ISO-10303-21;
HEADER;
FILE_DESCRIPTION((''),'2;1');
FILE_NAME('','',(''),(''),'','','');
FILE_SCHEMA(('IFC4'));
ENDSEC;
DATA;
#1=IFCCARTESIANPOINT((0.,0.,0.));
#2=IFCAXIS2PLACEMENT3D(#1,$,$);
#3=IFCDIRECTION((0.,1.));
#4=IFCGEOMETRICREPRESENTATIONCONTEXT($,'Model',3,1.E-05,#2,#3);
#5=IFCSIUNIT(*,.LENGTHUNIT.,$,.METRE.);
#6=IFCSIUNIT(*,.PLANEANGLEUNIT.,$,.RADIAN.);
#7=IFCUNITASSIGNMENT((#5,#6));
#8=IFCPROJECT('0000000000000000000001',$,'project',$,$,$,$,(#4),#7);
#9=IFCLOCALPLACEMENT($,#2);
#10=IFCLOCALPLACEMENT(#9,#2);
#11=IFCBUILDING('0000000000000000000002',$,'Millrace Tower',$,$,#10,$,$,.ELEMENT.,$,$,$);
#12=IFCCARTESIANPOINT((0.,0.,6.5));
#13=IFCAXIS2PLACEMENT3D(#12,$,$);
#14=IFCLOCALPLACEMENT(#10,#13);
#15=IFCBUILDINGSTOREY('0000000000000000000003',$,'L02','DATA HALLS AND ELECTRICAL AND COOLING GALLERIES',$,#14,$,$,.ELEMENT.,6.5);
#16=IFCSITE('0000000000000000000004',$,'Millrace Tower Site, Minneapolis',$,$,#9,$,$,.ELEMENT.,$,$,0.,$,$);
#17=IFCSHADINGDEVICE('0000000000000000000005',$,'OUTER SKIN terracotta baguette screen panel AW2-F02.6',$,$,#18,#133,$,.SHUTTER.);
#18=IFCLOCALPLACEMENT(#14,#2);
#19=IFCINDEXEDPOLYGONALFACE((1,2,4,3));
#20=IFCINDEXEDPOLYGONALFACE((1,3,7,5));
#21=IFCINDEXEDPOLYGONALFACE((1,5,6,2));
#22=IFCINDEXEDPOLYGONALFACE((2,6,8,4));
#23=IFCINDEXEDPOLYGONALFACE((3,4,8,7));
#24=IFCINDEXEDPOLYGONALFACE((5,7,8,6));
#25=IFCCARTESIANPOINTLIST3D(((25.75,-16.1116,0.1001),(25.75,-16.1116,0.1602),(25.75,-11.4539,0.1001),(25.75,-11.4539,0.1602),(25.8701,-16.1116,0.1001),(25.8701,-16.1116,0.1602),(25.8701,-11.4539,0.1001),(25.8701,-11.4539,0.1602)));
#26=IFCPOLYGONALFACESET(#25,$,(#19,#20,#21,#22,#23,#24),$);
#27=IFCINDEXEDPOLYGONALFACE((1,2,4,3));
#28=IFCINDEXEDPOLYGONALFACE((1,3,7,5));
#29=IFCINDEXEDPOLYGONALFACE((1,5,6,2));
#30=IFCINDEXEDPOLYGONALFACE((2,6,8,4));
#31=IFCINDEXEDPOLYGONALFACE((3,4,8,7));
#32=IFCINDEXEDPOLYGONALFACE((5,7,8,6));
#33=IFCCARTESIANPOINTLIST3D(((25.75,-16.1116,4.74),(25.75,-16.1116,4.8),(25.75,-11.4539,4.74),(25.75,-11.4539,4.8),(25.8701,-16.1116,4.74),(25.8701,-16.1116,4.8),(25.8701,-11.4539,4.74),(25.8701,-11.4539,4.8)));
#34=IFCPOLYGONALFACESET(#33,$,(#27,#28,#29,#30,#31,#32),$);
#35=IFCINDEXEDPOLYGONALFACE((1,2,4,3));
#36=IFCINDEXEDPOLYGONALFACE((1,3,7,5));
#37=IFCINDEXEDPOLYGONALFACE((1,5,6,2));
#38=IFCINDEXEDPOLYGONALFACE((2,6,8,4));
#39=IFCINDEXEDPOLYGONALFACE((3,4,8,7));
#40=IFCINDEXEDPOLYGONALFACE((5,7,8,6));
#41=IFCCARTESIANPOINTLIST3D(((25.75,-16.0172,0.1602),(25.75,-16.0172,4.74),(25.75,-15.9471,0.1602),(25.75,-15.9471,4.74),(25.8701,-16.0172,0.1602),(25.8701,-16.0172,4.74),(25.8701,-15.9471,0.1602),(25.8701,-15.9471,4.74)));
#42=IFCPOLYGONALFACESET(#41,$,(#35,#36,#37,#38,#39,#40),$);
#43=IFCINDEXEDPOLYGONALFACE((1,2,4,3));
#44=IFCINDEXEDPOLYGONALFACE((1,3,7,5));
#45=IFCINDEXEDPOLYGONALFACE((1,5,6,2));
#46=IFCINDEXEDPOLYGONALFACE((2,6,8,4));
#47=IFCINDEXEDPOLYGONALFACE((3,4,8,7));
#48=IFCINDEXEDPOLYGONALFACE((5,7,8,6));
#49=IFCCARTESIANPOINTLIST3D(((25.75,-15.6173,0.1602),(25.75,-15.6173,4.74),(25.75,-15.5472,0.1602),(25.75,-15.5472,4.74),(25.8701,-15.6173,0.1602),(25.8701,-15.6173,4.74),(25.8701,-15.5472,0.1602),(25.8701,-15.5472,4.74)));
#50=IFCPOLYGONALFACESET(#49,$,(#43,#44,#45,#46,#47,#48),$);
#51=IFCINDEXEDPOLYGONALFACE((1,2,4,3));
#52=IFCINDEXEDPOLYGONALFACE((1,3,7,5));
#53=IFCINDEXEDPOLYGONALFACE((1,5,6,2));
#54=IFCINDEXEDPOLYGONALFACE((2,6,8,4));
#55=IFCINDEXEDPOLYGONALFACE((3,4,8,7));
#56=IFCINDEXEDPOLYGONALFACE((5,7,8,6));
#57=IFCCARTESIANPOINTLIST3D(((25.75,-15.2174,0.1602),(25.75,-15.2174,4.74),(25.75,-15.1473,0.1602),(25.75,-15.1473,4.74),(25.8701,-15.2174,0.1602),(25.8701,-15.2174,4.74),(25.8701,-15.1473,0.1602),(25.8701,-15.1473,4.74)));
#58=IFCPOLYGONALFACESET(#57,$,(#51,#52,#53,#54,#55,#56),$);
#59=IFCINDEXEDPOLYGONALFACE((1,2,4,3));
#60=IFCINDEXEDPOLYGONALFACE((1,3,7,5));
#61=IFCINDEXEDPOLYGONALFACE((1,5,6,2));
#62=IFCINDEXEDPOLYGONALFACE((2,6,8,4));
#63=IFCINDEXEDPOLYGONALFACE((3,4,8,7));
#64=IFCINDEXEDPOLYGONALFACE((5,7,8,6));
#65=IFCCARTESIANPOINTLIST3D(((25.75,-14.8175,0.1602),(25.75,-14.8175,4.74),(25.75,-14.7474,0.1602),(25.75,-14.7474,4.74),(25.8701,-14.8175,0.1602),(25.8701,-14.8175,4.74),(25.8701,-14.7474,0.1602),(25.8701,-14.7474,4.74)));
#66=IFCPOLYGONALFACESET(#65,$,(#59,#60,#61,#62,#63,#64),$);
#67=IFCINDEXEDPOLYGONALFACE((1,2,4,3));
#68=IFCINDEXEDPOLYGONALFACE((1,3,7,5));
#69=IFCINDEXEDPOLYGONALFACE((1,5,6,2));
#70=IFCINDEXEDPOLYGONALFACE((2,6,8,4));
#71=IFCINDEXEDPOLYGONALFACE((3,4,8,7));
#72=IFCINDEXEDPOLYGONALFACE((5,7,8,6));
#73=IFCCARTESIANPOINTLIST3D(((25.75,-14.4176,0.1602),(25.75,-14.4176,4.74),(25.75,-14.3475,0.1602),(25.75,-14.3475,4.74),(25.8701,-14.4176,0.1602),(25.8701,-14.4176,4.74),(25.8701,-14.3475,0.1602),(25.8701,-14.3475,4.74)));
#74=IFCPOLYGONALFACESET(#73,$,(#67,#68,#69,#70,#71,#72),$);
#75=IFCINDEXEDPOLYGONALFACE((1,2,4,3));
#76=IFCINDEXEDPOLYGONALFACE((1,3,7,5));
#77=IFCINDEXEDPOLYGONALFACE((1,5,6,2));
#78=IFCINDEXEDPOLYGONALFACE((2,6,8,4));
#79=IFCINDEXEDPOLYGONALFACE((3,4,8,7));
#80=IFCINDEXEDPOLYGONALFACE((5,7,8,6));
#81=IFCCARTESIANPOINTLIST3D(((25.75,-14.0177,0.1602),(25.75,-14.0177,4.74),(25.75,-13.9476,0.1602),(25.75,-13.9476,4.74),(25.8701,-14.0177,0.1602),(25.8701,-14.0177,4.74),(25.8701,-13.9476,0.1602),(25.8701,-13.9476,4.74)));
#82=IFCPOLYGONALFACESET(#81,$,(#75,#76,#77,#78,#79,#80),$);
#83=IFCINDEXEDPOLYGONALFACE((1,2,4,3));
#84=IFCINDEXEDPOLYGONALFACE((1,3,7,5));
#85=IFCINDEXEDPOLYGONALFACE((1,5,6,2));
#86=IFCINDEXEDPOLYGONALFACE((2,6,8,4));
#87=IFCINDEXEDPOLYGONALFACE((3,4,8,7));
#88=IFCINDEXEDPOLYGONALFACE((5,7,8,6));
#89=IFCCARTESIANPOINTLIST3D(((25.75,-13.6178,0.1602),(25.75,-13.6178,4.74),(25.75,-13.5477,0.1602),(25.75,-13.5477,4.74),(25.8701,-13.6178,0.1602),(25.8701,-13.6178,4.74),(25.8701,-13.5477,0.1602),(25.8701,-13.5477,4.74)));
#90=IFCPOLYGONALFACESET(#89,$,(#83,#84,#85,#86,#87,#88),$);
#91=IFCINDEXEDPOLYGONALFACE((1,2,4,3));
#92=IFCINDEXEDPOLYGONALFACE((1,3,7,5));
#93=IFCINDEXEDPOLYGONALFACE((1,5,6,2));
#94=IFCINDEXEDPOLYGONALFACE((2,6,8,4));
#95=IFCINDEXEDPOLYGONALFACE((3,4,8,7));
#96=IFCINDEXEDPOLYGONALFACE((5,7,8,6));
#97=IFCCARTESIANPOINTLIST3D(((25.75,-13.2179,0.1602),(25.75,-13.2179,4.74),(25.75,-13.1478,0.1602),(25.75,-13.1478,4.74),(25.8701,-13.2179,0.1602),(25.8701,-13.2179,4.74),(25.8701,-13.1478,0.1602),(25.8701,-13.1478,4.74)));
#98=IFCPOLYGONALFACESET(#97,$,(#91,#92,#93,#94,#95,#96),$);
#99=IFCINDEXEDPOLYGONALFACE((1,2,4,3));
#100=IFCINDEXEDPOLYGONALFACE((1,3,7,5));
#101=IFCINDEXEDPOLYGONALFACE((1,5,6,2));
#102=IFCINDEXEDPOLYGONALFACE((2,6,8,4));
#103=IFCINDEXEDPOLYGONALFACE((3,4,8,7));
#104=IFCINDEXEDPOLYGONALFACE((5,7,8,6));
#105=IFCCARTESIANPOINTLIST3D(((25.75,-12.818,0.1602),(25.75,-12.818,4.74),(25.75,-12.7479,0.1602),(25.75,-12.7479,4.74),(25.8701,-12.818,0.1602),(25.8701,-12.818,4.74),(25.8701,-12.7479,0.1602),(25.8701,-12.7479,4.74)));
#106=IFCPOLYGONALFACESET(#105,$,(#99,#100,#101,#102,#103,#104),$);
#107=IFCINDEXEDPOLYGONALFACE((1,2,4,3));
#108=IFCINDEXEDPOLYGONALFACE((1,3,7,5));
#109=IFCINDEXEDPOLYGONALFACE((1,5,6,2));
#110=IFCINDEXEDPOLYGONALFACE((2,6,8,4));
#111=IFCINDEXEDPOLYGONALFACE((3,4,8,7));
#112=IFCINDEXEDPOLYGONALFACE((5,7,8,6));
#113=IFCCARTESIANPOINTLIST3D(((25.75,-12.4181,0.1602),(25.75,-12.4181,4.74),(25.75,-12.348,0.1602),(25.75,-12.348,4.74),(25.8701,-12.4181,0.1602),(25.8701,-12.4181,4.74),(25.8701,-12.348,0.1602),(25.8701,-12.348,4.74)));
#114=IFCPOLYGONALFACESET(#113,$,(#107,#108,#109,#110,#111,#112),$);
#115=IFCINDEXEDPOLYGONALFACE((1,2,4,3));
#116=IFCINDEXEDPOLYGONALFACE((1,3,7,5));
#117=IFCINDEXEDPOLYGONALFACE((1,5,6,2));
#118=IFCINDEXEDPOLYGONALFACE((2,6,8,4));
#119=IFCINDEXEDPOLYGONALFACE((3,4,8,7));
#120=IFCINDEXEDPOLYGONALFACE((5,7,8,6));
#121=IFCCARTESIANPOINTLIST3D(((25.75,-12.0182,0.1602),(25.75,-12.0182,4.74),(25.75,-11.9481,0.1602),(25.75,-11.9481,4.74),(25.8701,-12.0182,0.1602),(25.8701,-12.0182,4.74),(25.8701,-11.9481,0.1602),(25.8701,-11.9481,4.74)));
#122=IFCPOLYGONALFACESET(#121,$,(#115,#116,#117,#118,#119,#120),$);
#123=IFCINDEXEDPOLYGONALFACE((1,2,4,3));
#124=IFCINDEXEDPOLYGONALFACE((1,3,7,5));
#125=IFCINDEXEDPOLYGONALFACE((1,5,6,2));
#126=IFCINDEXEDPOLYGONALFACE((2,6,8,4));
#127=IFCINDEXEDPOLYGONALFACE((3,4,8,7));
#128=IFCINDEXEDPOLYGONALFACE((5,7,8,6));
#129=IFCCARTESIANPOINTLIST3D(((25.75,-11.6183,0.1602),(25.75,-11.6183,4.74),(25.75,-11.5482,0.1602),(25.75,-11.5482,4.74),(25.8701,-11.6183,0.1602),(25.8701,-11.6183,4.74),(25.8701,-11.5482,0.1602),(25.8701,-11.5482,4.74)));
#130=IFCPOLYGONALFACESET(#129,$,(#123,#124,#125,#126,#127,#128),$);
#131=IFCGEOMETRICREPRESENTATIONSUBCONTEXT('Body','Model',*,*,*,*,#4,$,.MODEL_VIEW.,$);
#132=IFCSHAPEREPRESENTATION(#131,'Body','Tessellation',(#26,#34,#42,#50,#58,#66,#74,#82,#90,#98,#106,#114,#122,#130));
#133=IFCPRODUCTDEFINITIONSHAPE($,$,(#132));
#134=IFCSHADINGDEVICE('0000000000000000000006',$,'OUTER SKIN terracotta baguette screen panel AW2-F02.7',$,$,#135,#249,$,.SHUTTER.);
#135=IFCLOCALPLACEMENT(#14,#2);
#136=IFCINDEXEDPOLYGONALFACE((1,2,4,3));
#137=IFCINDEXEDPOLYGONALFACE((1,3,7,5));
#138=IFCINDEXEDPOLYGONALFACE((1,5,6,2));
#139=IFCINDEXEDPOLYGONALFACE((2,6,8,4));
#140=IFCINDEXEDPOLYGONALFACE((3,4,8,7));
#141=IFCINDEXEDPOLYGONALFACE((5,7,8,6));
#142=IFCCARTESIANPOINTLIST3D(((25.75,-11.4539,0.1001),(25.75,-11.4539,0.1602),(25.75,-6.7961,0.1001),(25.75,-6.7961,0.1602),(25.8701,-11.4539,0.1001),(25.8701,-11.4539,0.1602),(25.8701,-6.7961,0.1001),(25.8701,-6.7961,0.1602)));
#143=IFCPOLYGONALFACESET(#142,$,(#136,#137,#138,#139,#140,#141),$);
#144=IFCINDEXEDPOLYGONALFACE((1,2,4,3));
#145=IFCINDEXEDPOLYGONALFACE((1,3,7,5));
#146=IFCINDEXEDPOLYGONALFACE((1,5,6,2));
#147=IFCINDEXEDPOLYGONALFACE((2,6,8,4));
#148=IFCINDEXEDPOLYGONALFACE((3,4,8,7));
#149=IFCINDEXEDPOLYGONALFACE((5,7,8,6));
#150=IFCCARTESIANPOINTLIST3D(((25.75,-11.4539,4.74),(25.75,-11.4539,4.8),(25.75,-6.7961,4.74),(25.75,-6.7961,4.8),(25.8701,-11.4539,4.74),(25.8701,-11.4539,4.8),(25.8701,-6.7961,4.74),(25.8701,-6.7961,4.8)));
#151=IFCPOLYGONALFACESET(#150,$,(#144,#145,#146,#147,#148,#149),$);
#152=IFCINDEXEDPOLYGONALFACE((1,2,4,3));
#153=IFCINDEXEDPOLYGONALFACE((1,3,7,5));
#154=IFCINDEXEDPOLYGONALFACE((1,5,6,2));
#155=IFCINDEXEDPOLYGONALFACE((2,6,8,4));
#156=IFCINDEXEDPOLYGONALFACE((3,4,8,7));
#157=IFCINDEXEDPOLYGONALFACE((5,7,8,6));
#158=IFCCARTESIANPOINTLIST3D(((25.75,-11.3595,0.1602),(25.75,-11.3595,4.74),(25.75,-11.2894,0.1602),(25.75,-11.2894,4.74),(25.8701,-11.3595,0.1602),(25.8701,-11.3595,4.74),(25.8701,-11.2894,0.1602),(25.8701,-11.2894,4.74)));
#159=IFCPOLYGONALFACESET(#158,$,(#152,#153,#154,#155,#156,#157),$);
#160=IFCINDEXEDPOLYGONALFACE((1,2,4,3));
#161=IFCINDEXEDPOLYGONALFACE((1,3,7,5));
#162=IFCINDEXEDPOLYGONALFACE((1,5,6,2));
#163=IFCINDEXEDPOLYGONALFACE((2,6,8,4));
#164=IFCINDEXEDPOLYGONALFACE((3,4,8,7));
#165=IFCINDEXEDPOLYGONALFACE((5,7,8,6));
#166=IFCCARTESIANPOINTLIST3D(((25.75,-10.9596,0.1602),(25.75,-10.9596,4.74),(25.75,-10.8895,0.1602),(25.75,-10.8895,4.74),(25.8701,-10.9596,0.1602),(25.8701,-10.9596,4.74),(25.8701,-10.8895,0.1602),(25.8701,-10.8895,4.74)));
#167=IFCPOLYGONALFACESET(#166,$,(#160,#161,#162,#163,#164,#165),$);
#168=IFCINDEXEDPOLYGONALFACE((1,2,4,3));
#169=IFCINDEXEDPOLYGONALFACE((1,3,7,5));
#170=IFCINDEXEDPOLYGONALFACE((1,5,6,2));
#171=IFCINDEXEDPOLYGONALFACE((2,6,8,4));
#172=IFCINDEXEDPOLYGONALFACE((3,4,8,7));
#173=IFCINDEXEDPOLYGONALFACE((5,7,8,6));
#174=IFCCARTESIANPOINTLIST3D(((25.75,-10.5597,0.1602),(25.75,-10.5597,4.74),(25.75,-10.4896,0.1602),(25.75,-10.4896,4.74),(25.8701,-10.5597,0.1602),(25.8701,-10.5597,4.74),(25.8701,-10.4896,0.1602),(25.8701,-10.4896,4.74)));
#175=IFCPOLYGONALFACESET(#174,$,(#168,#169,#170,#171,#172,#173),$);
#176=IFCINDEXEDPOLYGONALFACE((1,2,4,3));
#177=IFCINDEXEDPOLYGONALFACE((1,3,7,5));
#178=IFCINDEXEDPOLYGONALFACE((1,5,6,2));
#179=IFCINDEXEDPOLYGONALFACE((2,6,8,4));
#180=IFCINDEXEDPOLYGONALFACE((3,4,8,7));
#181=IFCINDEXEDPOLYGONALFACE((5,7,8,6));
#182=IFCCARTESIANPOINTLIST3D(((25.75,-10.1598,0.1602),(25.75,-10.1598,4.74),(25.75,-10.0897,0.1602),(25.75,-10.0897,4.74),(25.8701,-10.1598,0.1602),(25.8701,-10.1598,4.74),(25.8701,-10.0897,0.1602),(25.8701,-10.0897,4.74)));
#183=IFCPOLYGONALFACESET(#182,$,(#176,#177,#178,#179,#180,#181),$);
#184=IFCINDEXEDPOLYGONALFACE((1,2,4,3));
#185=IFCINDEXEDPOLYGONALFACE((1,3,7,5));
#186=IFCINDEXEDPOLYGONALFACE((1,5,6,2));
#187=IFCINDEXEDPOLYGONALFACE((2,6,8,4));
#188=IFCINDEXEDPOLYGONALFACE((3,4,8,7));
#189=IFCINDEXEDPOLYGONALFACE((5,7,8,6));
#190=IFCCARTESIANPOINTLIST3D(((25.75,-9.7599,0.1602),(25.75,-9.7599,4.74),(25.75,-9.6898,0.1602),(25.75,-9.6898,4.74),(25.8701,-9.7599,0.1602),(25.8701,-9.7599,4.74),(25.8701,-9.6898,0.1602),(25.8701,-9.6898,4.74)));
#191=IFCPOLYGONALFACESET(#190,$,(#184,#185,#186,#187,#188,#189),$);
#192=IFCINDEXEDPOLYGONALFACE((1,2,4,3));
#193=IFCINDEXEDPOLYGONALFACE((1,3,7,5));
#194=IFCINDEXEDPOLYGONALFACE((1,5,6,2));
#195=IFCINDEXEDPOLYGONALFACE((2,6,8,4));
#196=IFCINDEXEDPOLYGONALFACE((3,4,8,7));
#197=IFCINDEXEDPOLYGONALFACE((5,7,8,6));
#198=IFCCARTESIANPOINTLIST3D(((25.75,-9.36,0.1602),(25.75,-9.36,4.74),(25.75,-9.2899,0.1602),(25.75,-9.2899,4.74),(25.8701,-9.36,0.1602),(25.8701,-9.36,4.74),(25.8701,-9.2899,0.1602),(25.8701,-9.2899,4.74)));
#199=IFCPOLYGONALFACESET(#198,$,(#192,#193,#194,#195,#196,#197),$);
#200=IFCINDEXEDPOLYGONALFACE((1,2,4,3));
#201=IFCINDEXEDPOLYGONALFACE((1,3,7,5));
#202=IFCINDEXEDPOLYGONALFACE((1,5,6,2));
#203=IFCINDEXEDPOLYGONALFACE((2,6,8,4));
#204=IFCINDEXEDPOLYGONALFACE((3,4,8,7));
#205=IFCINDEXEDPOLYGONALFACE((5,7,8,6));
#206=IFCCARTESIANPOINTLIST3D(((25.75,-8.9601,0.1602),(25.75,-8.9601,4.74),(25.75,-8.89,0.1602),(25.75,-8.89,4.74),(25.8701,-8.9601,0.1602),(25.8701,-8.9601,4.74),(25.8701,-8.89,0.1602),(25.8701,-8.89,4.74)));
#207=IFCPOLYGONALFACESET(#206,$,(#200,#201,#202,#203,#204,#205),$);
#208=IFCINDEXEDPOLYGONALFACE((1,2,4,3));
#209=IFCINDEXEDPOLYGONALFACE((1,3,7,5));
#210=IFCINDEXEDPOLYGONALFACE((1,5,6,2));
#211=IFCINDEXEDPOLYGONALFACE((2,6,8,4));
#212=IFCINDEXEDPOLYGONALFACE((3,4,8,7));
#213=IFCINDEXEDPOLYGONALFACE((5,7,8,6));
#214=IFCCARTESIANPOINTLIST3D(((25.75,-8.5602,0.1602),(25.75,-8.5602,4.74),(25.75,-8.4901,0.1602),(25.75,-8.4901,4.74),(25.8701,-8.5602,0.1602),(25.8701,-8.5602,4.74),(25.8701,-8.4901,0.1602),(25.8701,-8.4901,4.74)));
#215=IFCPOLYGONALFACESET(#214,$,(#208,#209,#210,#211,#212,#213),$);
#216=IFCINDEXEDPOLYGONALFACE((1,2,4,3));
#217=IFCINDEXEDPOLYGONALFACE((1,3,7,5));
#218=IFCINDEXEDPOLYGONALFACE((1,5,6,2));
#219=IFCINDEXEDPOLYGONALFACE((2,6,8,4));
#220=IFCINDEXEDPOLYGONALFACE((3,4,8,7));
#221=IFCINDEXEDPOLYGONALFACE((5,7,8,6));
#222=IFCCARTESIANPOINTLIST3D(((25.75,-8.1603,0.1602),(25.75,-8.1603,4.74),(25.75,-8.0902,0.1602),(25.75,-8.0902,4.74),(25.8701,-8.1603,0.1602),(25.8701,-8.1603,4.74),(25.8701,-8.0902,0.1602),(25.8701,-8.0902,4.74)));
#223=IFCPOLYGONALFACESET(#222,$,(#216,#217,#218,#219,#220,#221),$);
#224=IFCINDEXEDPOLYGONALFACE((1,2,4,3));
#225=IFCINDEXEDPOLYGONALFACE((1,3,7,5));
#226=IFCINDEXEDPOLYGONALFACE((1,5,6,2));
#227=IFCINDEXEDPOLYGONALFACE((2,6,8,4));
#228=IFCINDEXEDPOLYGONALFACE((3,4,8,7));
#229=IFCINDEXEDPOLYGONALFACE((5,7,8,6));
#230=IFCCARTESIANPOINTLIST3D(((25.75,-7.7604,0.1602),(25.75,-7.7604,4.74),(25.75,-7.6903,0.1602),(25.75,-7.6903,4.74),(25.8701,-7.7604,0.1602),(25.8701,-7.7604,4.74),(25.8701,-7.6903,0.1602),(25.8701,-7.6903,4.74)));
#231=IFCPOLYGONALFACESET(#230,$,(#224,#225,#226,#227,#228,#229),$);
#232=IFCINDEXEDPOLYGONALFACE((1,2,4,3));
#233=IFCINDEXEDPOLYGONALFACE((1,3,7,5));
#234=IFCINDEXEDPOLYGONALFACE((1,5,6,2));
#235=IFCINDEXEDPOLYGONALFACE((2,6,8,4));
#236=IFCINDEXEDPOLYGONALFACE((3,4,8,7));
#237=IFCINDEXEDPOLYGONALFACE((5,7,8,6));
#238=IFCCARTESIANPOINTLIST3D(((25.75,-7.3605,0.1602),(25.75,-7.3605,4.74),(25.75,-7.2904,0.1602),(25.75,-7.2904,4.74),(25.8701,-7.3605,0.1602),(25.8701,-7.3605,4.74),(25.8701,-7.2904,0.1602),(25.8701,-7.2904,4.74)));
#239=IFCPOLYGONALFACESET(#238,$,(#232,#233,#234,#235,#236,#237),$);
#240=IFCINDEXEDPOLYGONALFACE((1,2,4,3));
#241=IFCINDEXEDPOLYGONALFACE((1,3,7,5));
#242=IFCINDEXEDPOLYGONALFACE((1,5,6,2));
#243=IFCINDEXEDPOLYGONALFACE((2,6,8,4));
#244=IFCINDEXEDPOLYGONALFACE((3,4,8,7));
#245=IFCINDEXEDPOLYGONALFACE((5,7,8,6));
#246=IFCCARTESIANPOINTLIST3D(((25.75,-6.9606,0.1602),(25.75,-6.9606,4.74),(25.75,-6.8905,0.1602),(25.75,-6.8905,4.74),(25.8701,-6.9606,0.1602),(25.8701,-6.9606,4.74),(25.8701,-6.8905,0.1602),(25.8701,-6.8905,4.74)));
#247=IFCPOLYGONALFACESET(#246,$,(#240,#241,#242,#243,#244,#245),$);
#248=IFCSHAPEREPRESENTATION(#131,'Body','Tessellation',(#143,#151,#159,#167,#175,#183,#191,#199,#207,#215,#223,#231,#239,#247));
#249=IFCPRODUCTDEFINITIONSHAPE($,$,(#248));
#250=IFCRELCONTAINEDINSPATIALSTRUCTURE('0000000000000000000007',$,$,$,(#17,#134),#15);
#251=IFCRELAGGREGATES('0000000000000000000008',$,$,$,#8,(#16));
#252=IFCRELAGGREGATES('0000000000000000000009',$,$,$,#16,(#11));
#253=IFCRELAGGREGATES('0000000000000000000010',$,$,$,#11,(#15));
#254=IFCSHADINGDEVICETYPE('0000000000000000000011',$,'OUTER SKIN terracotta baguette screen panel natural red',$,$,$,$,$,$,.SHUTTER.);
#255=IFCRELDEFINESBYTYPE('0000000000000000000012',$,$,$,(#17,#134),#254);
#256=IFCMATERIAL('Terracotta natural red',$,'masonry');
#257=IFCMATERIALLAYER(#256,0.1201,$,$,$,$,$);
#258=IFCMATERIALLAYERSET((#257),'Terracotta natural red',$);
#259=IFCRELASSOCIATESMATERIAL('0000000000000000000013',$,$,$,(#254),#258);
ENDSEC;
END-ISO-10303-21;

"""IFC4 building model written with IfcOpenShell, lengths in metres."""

from ifc_helpers import new_model, entity, si_unit, direction, frame, frame_2d, origin, place, context, subcontext, project, spatial, rectangle, extrude, source, transform, mapped, material, layer, layer_set, type_object, element, save


model = new_model("IFC4")

# Units and contexts
model_context = context("Model", 3, precision=1e-05, world=origin(), true_north=direction((0.0, 1.0)))
body_context = subcontext(model_context, "Body", "Model", "MODEL_VIEW")
ifc_project = project(units=[si_unit("LENGTHUNIT", "METRE"), si_unit("PLANEANGLEUNIT", "RADIAN")], contexts=[model_context])

# Site, building, storey
site_placement = place(None, origin())
site = spatial("IfcSite", under=ifc_project, at=site_placement, Name="Millrace Tower Site, Minneapolis", CompositionType="ELEMENT", RefElevation=0.0)
building_placement = place(site_placement, origin())
building = spatial("IfcBuilding", under=site, at=building_placement, Name="Millrace Tower", CompositionType="ELEMENT")
storey_placement = place(building_placement, frame((0.0, 0.0, 6.5)))
storey = spatial("IfcBuildingStorey", under=building, at=storey_placement, Name="L02", Description="DATA HALLS AND ELECTRICAL AND COOLING GALLERIES", CompositionType="ELEMENT", Elevation=6.5)

# Shading devices
cartesian_point = entity("IfcCartesianPoint", [-2.3289, 0.0601])
shared_polyline = entity("IfcPolyline", [cartesian_point, entity("IfcCartesianPoint", [2.3289, 0.0601]), entity("IfcCartesianPoint", [2.3289, -0.0601]), entity("IfcCartesianPoint", [-2.3289, -0.0601]), cartesian_point])
ifc_material_1 = material(Name="Terracotta natural red", Category="masonry")
ifc_layer_1 = layer(ifc_material_1, 0.1201)
ifc_layer_set_1 = layer_set([ifc_layer_1], Name="Terracotta natural red")
shading_device_type_1 = type_object("IfcShadingDeviceType", Name="OUTER SKIN terracotta baguette screen panel natural red", PredefinedType="SHUTTER", material=ifc_layer_set_1)
shared_shape_1 = source(origin(), body_context, "Body", "SweptSolid", [
    entity("IfcExtrudedAreaSolid", entity("IfcArbitraryClosedProfileDef", "AREA", None, shared_polyline), entity("IfcAxis2Placement3D", entity("IfcCartesianPoint", [0.0, 0.0, 0.0])), entity("IfcDirection", [0.0, 0.0, 1.0]), 0.0601),
    entity("IfcExtrudedAreaSolid", entity("IfcArbitraryClosedProfileDef", "AREA", None, shared_polyline), entity("IfcAxis2Placement3D", entity("IfcCartesianPoint", [0.0, 0.0, 4.6399])), entity("IfcDirection", [0.0, 0.0, 1.0]), 0.0601),
    extrude(rectangle(XDim=0.0701, YDim=0.1201, at=frame_2d((-2.1995, 0.0))), frame((0.0, 0.0, 0.0601)), (0.0, 0.0, 1.0), 4.5798),
    extrude(rectangle(XDim=0.0701, YDim=0.1201, at=frame_2d((-1.7996, 0.0))), frame((0.0, 0.0, 0.0601)), (0.0, 0.0, 1.0), 4.5798),
    extrude(rectangle(XDim=0.0701, YDim=0.1201, at=frame_2d((-1.3997, 0.0))), frame((0.0, 0.0, 0.0601)), (0.0, 0.0, 1.0), 4.5798),
    extrude(rectangle(XDim=0.0701, YDim=0.1201, at=frame_2d((-0.9998, 0.0))), frame((0.0, 0.0, 0.0601)), (0.0, 0.0, 1.0), 4.5798),
    extrude(rectangle(XDim=0.0701, YDim=0.1201, at=frame_2d((-0.5999, 0.0))), frame((0.0, 0.0, 0.0601)), (0.0, 0.0, 1.0), 4.5798),
    extrude(rectangle(XDim=0.0701, YDim=0.1201, at=frame_2d((-0.2, 0.0))), frame((0.0, 0.0, 0.0601)), (0.0, 0.0, 1.0), 4.5798),
    extrude(rectangle(XDim=0.0701, YDim=0.1201, at=frame_2d((0.2, 0.0))), frame((0.0, 0.0, 0.0601)), (0.0, 0.0, 1.0), 4.5798),
    extrude(rectangle(XDim=0.0701, YDim=0.1201, at=frame_2d((0.5999, 0.0))), frame((0.0, 0.0, 0.0601)), (0.0, 0.0, 1.0), 4.5798),
    extrude(rectangle(XDim=0.0701, YDim=0.1201, at=frame_2d((0.9998, 0.0))), frame((0.0, 0.0, 0.0601)), (0.0, 0.0, 1.0), 4.5798),
    extrude(rectangle(XDim=0.0701, YDim=0.1201, at=frame_2d((1.3997, 0.0))), frame((0.0, 0.0, 0.0601)), (0.0, 0.0, 1.0), 4.5798),
    extrude(rectangle(XDim=0.0701, YDim=0.1201, at=frame_2d((1.7996, 0.0))), frame((0.0, 0.0, 0.0601)), (0.0, 0.0, 1.0), 4.5798),
    extrude(rectangle(XDim=0.0701, YDim=0.1201, at=frame_2d((2.1995, 0.0))), frame((0.0, 0.0, 0.0601)), (0.0, 0.0, 1.0), 4.5798),
])
for number, where, z_axis, x_axis, name in (
    (1, (25.8101, -13.7827, 0.1001), (0.0, 0.0, 1.0), (0.0, 1.0, 0.0), "OUTER SKIN terracotta baguette screen panel AW2-F02.6"),
    (2, (25.8101, -9.125, 0.1001), (0.0, 0.0, 1.0), (0.0, 1.0, 0.0), "OUTER SKIN terracotta baguette screen panel AW2-F02.7"),
):
    element("IfcShadingDevice", number, at=place(storey_placement, frame(where, z_axis=z_axis, x_axis=x_axis)), inside=storey, type_object=shading_device_type_1, Name=name, PredefinedType="SHUTTER", context=body_context, shape_type="MappedRepresentation", body=[
        mapped(shared_shape_1, transform((0.0, 0.0, 0.0), scale=1.0)),
    ])

save(model, "model.ifc")
